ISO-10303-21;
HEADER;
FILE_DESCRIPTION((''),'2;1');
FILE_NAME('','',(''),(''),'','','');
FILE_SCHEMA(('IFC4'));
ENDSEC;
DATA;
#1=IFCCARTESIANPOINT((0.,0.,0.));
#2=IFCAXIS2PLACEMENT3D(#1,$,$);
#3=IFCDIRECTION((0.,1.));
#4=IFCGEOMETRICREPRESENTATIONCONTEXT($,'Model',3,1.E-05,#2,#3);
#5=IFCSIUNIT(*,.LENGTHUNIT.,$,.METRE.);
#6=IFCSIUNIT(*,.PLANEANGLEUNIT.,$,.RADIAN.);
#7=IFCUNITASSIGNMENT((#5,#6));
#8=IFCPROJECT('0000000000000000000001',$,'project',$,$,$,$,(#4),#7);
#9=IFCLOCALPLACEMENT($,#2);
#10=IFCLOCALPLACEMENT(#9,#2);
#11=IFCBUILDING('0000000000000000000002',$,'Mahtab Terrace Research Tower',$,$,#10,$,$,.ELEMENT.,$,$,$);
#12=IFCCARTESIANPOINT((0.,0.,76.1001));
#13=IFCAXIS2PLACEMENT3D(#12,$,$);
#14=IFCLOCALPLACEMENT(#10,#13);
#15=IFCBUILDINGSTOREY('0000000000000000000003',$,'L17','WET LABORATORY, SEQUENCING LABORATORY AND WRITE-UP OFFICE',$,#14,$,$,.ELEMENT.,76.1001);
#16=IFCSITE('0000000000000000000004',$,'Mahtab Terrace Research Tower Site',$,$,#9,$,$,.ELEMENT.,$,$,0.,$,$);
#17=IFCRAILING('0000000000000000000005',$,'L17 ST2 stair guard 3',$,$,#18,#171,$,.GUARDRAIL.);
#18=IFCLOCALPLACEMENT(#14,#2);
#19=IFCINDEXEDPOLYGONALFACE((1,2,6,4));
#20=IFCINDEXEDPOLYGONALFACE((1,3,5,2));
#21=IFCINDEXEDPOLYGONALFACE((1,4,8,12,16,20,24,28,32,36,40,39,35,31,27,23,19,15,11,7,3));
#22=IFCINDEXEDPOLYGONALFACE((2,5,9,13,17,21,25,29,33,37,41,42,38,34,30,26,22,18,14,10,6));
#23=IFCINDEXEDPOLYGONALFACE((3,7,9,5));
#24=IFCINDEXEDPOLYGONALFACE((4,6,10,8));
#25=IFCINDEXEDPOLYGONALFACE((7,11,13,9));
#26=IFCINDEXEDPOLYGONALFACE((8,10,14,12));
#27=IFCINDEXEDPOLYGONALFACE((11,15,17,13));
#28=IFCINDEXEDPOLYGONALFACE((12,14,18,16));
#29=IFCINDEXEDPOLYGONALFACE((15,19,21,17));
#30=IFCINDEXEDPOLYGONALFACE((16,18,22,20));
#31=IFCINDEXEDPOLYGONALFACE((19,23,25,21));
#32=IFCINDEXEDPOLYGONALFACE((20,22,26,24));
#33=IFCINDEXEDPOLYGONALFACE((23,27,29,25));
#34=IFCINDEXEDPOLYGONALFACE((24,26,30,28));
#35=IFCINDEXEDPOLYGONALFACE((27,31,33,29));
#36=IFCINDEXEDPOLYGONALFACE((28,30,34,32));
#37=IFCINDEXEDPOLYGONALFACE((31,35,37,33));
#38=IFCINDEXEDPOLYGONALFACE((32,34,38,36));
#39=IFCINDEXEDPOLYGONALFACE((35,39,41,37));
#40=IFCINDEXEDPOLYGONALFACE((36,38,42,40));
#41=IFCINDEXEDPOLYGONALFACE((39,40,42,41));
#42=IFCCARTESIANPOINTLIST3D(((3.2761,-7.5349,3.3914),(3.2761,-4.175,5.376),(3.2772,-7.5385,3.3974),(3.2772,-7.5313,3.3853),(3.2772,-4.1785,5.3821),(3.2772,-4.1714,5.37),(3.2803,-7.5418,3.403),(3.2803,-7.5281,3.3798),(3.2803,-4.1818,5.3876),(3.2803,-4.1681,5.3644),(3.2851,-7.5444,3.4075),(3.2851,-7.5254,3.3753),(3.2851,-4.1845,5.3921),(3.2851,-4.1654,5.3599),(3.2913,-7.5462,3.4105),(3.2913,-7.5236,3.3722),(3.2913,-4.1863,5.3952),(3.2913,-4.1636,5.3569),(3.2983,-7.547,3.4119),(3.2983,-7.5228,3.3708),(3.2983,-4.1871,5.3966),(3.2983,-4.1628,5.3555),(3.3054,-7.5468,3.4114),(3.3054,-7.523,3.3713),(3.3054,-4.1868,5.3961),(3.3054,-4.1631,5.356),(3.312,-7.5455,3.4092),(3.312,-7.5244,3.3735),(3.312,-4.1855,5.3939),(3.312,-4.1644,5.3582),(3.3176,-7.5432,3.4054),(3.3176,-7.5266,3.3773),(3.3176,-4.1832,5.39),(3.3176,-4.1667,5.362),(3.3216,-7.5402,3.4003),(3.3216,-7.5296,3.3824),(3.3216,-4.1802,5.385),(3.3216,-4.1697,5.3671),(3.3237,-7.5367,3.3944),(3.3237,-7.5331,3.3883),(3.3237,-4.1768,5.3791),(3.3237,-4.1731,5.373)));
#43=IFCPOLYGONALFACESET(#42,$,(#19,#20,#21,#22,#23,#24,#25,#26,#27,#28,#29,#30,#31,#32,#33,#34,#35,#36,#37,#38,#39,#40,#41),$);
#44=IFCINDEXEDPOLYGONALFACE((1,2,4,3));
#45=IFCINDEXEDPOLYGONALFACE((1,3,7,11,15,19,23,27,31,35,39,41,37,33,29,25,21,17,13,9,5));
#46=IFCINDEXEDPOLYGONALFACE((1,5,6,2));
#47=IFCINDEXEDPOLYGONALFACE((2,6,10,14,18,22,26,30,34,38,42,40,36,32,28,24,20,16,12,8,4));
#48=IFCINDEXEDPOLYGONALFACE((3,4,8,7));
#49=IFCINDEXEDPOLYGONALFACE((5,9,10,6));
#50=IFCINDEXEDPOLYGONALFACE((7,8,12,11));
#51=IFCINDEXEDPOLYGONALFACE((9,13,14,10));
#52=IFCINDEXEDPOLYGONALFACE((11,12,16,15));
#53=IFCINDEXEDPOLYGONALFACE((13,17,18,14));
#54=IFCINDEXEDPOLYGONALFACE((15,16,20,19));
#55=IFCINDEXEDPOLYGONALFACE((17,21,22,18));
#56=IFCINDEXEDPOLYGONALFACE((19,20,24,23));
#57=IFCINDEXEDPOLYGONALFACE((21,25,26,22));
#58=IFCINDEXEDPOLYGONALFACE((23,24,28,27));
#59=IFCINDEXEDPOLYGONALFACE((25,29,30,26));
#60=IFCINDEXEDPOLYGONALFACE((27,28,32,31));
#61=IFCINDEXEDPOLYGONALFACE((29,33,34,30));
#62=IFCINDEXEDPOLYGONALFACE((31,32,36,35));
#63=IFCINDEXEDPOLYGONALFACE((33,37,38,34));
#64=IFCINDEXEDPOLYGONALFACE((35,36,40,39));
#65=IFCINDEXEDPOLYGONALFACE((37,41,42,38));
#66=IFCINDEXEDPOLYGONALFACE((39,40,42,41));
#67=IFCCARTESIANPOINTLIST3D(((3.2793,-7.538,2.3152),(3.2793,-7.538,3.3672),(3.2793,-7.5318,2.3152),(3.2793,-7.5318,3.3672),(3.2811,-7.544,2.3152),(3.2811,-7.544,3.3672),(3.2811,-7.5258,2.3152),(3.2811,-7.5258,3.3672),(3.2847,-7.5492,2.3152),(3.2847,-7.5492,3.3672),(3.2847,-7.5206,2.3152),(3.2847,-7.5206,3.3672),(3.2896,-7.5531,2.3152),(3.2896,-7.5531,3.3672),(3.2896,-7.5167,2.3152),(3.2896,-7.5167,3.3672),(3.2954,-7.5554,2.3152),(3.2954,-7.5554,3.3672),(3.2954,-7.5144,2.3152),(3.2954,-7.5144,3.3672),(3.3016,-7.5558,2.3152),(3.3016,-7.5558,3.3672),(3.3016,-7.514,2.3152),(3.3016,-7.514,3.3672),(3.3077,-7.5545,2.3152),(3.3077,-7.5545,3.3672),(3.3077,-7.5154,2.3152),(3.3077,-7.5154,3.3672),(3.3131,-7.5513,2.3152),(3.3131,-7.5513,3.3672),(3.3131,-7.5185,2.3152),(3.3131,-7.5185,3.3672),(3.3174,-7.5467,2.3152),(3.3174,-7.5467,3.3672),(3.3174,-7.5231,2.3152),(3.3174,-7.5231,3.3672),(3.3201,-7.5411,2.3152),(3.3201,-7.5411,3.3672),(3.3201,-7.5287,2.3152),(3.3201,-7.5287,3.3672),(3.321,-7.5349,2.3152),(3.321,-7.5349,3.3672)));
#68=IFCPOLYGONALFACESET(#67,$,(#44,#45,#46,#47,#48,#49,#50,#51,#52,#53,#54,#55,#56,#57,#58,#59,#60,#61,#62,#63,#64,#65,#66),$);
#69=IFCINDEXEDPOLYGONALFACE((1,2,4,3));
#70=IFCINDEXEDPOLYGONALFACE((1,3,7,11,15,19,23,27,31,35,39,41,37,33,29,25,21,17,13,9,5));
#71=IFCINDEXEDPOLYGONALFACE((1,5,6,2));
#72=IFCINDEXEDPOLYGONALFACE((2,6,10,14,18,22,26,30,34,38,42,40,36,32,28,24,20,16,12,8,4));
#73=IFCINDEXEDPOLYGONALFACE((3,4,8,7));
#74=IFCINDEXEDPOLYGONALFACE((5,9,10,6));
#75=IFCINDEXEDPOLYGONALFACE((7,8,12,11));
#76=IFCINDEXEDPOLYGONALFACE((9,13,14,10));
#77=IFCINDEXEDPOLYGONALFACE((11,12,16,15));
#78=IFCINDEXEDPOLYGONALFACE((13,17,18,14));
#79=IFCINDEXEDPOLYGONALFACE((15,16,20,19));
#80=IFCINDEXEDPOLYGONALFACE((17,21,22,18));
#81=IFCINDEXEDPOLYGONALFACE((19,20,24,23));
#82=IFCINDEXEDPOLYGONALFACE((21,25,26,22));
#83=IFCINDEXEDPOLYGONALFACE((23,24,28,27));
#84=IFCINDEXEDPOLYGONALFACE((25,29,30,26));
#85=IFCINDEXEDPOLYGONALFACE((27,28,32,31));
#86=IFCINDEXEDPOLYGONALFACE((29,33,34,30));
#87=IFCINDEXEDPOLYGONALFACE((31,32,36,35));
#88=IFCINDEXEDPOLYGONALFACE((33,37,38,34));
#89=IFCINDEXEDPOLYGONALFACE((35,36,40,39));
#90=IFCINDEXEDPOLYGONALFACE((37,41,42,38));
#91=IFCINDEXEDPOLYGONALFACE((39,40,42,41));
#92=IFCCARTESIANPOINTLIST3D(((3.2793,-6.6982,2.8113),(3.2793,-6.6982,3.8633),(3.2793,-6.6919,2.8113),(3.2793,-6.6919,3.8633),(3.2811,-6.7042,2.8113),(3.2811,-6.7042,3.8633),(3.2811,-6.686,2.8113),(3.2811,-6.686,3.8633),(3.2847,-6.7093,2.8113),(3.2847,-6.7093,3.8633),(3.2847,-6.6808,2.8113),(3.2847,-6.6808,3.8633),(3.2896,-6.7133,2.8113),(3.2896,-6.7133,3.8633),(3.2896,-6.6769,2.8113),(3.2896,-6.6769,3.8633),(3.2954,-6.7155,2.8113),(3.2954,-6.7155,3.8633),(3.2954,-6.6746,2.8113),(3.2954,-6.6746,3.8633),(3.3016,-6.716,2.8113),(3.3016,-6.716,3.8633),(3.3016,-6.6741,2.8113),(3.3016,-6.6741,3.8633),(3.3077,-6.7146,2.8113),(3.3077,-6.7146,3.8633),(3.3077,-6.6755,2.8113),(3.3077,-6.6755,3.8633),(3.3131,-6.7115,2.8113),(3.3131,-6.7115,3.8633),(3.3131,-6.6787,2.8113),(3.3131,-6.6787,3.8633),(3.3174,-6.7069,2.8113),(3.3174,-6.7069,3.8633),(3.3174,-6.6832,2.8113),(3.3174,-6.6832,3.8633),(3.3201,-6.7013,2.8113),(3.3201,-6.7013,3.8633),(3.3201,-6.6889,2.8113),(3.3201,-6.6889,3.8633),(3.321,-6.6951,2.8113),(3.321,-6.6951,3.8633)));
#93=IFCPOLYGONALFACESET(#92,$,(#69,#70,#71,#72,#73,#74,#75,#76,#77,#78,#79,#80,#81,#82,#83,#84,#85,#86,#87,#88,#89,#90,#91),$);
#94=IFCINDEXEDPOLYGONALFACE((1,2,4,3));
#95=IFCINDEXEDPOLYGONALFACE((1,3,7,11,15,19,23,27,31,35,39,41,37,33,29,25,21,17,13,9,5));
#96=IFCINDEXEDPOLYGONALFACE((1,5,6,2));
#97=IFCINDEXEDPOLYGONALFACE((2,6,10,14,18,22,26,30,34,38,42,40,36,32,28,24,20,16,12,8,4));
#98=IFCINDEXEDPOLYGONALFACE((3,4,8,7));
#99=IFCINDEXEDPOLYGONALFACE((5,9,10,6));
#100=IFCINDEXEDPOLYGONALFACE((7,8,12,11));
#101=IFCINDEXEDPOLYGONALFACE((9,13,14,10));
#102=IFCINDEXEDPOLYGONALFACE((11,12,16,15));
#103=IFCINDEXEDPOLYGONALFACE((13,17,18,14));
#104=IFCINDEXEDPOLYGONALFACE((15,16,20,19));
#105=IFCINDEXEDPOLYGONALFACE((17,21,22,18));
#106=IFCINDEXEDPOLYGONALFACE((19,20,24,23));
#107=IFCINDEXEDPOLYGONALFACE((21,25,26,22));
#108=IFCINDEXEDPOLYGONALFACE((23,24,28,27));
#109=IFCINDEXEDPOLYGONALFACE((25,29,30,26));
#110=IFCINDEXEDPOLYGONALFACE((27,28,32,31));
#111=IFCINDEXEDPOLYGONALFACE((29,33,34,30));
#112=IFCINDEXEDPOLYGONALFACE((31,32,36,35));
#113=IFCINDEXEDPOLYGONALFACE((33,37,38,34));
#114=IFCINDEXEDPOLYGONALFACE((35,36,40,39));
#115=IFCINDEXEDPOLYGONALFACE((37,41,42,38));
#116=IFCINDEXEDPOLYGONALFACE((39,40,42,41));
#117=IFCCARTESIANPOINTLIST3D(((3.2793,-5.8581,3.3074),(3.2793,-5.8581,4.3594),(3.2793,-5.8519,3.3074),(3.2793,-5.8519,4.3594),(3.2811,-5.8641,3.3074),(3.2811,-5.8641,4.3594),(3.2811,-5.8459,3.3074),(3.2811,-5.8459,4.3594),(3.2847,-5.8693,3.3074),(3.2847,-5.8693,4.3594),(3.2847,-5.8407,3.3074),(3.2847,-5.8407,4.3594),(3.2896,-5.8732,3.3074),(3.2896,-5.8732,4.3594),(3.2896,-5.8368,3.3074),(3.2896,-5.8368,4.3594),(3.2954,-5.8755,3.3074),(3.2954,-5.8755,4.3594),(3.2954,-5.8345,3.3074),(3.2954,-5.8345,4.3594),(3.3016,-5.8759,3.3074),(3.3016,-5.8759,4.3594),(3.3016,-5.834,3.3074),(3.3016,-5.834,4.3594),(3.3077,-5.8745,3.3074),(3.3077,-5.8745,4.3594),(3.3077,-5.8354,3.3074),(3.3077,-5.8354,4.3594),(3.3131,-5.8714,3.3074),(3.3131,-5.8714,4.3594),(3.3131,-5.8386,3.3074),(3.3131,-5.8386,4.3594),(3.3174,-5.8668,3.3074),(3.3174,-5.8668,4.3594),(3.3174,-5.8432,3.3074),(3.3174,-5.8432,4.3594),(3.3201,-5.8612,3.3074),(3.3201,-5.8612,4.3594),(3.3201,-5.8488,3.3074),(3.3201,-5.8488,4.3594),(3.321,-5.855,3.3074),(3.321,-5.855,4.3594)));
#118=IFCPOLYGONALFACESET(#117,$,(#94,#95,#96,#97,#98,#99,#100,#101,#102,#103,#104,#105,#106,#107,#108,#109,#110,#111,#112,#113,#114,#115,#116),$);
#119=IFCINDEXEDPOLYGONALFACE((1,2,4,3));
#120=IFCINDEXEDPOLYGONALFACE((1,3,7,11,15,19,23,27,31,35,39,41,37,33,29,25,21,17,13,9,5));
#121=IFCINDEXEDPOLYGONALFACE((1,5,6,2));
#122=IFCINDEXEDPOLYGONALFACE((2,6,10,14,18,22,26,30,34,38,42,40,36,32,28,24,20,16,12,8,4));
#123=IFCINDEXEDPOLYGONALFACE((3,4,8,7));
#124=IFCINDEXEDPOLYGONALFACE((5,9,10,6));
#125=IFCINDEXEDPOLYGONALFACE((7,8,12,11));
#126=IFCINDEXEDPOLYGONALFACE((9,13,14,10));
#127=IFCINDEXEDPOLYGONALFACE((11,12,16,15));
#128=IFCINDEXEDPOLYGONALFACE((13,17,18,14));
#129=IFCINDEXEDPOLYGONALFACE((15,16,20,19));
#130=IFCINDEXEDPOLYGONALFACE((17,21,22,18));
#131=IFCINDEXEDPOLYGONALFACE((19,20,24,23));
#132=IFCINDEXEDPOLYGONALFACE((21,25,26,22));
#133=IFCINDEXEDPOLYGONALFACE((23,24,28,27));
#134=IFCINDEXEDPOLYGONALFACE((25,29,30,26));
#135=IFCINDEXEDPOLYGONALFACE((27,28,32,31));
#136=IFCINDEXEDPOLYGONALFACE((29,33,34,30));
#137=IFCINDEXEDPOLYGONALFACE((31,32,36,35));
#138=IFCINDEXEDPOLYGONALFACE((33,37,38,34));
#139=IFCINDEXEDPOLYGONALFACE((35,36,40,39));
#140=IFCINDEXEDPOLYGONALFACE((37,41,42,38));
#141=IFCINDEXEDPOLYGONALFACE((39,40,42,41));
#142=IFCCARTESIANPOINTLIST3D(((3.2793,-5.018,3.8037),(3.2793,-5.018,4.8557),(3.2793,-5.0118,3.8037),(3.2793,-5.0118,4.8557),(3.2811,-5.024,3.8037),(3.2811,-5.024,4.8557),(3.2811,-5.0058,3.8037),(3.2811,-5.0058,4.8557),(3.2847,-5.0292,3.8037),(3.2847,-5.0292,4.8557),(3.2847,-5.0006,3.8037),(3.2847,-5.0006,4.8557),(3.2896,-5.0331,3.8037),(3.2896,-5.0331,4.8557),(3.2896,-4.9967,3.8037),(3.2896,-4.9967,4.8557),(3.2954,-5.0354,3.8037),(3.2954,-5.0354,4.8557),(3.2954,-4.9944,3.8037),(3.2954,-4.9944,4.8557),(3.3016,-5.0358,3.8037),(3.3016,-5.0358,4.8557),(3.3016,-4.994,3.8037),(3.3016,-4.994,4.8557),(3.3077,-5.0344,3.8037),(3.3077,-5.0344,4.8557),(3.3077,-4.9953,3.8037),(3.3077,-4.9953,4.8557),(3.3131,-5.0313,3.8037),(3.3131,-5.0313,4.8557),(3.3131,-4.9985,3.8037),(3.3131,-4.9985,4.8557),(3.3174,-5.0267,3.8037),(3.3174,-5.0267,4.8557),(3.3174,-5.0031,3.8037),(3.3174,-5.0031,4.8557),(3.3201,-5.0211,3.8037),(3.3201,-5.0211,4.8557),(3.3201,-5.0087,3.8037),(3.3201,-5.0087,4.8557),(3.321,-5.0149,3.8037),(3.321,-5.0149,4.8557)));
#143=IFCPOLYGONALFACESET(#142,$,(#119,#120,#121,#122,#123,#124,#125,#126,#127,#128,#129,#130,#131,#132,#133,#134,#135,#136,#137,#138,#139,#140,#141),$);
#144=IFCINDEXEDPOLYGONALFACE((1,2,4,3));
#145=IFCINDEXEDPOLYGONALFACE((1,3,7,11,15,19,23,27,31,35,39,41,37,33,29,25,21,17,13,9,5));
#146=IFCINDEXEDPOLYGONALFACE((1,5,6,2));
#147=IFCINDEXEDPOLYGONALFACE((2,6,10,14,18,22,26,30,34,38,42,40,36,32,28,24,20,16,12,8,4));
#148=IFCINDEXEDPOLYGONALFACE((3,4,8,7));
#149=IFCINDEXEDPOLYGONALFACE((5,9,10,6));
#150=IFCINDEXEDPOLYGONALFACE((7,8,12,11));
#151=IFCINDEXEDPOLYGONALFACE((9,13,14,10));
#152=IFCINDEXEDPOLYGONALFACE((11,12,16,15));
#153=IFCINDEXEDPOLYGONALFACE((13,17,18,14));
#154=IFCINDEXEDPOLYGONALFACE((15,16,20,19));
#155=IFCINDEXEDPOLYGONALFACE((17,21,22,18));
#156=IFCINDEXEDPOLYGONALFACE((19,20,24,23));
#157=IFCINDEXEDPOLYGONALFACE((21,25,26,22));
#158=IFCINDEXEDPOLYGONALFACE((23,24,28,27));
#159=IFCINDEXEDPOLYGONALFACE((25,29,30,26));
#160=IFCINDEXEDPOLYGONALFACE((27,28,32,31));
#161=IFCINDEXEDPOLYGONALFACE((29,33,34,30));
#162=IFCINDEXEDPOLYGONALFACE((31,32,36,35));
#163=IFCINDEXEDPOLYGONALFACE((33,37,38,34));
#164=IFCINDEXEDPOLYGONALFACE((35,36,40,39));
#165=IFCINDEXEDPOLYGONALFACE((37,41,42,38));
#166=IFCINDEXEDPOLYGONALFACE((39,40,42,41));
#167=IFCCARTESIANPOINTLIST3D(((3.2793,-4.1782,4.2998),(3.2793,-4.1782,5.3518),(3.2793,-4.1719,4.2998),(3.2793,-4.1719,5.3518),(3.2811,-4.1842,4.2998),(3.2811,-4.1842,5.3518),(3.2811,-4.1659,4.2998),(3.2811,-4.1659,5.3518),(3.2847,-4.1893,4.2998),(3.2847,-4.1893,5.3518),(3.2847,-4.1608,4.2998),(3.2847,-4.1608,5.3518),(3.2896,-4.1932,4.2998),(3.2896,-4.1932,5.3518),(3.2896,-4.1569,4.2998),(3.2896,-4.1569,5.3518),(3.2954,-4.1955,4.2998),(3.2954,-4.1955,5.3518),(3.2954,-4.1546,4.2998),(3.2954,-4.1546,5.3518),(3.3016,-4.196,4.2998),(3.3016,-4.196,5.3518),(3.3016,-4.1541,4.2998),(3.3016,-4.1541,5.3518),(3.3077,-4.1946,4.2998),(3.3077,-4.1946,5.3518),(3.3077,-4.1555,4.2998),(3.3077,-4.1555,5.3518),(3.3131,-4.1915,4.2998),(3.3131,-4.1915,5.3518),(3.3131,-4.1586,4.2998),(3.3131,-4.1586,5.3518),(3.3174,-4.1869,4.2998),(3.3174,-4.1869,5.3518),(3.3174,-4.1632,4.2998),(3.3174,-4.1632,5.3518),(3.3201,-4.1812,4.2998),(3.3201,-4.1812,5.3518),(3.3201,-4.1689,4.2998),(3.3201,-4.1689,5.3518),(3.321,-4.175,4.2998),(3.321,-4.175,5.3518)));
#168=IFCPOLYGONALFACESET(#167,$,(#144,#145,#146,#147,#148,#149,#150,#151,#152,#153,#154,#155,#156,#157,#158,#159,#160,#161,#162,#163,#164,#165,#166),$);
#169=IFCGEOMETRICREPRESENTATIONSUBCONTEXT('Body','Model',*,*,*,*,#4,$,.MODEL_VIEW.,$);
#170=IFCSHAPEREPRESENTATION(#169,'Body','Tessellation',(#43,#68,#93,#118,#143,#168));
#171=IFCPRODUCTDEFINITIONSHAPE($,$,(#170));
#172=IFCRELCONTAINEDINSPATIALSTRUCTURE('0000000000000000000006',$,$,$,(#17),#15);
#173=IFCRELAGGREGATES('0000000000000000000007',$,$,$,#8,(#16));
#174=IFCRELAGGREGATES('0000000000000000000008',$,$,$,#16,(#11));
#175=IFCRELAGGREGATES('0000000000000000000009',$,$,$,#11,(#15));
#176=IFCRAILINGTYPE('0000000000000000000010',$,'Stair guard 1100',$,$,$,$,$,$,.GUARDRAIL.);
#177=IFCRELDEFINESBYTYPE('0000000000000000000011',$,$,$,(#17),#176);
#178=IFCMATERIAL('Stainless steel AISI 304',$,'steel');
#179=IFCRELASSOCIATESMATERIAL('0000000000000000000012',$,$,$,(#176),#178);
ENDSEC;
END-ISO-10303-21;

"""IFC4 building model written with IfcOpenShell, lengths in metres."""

from ifc_helpers import new_model, si_unit, direction, frame, origin, origin_2d, place, context, subcontext, project, spatial, circle, extrude, material, type_object, element, save


model = new_model("IFC4")

# Units and contexts
model_context = context("Model", 3, precision=1e-05, world=origin(), true_north=direction((0.0, 1.0)))
body_context = subcontext(model_context, "Body", "Model", "MODEL_VIEW")
ifc_project = project(units=[si_unit("LENGTHUNIT", "METRE"), si_unit("PLANEANGLEUNIT", "RADIAN")], contexts=[model_context])

# Site, building, storey
site_placement = place(None, origin())
site = spatial("IfcSite", under=ifc_project, at=site_placement, Name="Mahtab Terrace Research Tower Site", CompositionType="ELEMENT", RefElevation=0.0)
building_placement = place(site_placement, origin())
building = spatial("IfcBuilding", under=site, at=building_placement, Name="Mahtab Terrace Research Tower", CompositionType="ELEMENT")
storey_placement = place(building_placement, frame((0.0, 0.0, 76.1001)))
storey = spatial("IfcBuildingStorey", under=building, at=storey_placement, Name="L17", Description="WET LABORATORY, SEQUENCING LABORATORY AND WRITE-UP OFFICE", CompositionType="ELEMENT", Elevation=76.1001)

# Railing
ifc_material_1 = material(Name="Stainless steel AISI 304", Category="steel")
railing_type_1 = type_object("IfcRailingType", Name="Stair guard 1100", PredefinedType="GUARDRAIL", material=ifc_material_1)
railing_1_placement = place(storey_placement, frame((3.3, -7.5349, 2.3152)))
element("IfcRailing", 1, at=railing_1_placement, inside=storey, type_object=railing_type_1, Name="L17 ST2 stair guard 3", PredefinedType="GUARDRAIL", context=body_context, shape_type="SweptSolid", body=[
    extrude(circle(Radius=0.0239, at=origin_2d()), frame((0.0, 0.0, 1.0762), z_axis=(0.0, 0.861011, 0.508586), x_axis=(-1.0, 0.0, 0.0)), (0.0, 0.0, 1.0), 3.9023),
    extrude(circle(Radius=0.021, at=origin_2d()), origin(), (0.0, 0.0, 1.0), 1.052),
    extrude(circle(Radius=0.021, at=origin_2d()), frame((0.0, 0.8398, 0.4961)), (0.0, 0.0, 1.0), 1.052),
    extrude(circle(Radius=0.021, at=origin_2d()), frame((0.0, 1.6799, 0.9922)), (0.0, 0.0, 1.0), 1.052),
    extrude(circle(Radius=0.021, at=origin_2d()), frame((0.0, 2.52, 1.4885)), (0.0, 0.0, 1.0), 1.052),
    extrude(circle(Radius=0.021, at=origin_2d()), frame((0.0, 3.3599, 1.9846)), (0.0, 0.0, 1.0), 1.052),
])

save(model, "model.ifc")
